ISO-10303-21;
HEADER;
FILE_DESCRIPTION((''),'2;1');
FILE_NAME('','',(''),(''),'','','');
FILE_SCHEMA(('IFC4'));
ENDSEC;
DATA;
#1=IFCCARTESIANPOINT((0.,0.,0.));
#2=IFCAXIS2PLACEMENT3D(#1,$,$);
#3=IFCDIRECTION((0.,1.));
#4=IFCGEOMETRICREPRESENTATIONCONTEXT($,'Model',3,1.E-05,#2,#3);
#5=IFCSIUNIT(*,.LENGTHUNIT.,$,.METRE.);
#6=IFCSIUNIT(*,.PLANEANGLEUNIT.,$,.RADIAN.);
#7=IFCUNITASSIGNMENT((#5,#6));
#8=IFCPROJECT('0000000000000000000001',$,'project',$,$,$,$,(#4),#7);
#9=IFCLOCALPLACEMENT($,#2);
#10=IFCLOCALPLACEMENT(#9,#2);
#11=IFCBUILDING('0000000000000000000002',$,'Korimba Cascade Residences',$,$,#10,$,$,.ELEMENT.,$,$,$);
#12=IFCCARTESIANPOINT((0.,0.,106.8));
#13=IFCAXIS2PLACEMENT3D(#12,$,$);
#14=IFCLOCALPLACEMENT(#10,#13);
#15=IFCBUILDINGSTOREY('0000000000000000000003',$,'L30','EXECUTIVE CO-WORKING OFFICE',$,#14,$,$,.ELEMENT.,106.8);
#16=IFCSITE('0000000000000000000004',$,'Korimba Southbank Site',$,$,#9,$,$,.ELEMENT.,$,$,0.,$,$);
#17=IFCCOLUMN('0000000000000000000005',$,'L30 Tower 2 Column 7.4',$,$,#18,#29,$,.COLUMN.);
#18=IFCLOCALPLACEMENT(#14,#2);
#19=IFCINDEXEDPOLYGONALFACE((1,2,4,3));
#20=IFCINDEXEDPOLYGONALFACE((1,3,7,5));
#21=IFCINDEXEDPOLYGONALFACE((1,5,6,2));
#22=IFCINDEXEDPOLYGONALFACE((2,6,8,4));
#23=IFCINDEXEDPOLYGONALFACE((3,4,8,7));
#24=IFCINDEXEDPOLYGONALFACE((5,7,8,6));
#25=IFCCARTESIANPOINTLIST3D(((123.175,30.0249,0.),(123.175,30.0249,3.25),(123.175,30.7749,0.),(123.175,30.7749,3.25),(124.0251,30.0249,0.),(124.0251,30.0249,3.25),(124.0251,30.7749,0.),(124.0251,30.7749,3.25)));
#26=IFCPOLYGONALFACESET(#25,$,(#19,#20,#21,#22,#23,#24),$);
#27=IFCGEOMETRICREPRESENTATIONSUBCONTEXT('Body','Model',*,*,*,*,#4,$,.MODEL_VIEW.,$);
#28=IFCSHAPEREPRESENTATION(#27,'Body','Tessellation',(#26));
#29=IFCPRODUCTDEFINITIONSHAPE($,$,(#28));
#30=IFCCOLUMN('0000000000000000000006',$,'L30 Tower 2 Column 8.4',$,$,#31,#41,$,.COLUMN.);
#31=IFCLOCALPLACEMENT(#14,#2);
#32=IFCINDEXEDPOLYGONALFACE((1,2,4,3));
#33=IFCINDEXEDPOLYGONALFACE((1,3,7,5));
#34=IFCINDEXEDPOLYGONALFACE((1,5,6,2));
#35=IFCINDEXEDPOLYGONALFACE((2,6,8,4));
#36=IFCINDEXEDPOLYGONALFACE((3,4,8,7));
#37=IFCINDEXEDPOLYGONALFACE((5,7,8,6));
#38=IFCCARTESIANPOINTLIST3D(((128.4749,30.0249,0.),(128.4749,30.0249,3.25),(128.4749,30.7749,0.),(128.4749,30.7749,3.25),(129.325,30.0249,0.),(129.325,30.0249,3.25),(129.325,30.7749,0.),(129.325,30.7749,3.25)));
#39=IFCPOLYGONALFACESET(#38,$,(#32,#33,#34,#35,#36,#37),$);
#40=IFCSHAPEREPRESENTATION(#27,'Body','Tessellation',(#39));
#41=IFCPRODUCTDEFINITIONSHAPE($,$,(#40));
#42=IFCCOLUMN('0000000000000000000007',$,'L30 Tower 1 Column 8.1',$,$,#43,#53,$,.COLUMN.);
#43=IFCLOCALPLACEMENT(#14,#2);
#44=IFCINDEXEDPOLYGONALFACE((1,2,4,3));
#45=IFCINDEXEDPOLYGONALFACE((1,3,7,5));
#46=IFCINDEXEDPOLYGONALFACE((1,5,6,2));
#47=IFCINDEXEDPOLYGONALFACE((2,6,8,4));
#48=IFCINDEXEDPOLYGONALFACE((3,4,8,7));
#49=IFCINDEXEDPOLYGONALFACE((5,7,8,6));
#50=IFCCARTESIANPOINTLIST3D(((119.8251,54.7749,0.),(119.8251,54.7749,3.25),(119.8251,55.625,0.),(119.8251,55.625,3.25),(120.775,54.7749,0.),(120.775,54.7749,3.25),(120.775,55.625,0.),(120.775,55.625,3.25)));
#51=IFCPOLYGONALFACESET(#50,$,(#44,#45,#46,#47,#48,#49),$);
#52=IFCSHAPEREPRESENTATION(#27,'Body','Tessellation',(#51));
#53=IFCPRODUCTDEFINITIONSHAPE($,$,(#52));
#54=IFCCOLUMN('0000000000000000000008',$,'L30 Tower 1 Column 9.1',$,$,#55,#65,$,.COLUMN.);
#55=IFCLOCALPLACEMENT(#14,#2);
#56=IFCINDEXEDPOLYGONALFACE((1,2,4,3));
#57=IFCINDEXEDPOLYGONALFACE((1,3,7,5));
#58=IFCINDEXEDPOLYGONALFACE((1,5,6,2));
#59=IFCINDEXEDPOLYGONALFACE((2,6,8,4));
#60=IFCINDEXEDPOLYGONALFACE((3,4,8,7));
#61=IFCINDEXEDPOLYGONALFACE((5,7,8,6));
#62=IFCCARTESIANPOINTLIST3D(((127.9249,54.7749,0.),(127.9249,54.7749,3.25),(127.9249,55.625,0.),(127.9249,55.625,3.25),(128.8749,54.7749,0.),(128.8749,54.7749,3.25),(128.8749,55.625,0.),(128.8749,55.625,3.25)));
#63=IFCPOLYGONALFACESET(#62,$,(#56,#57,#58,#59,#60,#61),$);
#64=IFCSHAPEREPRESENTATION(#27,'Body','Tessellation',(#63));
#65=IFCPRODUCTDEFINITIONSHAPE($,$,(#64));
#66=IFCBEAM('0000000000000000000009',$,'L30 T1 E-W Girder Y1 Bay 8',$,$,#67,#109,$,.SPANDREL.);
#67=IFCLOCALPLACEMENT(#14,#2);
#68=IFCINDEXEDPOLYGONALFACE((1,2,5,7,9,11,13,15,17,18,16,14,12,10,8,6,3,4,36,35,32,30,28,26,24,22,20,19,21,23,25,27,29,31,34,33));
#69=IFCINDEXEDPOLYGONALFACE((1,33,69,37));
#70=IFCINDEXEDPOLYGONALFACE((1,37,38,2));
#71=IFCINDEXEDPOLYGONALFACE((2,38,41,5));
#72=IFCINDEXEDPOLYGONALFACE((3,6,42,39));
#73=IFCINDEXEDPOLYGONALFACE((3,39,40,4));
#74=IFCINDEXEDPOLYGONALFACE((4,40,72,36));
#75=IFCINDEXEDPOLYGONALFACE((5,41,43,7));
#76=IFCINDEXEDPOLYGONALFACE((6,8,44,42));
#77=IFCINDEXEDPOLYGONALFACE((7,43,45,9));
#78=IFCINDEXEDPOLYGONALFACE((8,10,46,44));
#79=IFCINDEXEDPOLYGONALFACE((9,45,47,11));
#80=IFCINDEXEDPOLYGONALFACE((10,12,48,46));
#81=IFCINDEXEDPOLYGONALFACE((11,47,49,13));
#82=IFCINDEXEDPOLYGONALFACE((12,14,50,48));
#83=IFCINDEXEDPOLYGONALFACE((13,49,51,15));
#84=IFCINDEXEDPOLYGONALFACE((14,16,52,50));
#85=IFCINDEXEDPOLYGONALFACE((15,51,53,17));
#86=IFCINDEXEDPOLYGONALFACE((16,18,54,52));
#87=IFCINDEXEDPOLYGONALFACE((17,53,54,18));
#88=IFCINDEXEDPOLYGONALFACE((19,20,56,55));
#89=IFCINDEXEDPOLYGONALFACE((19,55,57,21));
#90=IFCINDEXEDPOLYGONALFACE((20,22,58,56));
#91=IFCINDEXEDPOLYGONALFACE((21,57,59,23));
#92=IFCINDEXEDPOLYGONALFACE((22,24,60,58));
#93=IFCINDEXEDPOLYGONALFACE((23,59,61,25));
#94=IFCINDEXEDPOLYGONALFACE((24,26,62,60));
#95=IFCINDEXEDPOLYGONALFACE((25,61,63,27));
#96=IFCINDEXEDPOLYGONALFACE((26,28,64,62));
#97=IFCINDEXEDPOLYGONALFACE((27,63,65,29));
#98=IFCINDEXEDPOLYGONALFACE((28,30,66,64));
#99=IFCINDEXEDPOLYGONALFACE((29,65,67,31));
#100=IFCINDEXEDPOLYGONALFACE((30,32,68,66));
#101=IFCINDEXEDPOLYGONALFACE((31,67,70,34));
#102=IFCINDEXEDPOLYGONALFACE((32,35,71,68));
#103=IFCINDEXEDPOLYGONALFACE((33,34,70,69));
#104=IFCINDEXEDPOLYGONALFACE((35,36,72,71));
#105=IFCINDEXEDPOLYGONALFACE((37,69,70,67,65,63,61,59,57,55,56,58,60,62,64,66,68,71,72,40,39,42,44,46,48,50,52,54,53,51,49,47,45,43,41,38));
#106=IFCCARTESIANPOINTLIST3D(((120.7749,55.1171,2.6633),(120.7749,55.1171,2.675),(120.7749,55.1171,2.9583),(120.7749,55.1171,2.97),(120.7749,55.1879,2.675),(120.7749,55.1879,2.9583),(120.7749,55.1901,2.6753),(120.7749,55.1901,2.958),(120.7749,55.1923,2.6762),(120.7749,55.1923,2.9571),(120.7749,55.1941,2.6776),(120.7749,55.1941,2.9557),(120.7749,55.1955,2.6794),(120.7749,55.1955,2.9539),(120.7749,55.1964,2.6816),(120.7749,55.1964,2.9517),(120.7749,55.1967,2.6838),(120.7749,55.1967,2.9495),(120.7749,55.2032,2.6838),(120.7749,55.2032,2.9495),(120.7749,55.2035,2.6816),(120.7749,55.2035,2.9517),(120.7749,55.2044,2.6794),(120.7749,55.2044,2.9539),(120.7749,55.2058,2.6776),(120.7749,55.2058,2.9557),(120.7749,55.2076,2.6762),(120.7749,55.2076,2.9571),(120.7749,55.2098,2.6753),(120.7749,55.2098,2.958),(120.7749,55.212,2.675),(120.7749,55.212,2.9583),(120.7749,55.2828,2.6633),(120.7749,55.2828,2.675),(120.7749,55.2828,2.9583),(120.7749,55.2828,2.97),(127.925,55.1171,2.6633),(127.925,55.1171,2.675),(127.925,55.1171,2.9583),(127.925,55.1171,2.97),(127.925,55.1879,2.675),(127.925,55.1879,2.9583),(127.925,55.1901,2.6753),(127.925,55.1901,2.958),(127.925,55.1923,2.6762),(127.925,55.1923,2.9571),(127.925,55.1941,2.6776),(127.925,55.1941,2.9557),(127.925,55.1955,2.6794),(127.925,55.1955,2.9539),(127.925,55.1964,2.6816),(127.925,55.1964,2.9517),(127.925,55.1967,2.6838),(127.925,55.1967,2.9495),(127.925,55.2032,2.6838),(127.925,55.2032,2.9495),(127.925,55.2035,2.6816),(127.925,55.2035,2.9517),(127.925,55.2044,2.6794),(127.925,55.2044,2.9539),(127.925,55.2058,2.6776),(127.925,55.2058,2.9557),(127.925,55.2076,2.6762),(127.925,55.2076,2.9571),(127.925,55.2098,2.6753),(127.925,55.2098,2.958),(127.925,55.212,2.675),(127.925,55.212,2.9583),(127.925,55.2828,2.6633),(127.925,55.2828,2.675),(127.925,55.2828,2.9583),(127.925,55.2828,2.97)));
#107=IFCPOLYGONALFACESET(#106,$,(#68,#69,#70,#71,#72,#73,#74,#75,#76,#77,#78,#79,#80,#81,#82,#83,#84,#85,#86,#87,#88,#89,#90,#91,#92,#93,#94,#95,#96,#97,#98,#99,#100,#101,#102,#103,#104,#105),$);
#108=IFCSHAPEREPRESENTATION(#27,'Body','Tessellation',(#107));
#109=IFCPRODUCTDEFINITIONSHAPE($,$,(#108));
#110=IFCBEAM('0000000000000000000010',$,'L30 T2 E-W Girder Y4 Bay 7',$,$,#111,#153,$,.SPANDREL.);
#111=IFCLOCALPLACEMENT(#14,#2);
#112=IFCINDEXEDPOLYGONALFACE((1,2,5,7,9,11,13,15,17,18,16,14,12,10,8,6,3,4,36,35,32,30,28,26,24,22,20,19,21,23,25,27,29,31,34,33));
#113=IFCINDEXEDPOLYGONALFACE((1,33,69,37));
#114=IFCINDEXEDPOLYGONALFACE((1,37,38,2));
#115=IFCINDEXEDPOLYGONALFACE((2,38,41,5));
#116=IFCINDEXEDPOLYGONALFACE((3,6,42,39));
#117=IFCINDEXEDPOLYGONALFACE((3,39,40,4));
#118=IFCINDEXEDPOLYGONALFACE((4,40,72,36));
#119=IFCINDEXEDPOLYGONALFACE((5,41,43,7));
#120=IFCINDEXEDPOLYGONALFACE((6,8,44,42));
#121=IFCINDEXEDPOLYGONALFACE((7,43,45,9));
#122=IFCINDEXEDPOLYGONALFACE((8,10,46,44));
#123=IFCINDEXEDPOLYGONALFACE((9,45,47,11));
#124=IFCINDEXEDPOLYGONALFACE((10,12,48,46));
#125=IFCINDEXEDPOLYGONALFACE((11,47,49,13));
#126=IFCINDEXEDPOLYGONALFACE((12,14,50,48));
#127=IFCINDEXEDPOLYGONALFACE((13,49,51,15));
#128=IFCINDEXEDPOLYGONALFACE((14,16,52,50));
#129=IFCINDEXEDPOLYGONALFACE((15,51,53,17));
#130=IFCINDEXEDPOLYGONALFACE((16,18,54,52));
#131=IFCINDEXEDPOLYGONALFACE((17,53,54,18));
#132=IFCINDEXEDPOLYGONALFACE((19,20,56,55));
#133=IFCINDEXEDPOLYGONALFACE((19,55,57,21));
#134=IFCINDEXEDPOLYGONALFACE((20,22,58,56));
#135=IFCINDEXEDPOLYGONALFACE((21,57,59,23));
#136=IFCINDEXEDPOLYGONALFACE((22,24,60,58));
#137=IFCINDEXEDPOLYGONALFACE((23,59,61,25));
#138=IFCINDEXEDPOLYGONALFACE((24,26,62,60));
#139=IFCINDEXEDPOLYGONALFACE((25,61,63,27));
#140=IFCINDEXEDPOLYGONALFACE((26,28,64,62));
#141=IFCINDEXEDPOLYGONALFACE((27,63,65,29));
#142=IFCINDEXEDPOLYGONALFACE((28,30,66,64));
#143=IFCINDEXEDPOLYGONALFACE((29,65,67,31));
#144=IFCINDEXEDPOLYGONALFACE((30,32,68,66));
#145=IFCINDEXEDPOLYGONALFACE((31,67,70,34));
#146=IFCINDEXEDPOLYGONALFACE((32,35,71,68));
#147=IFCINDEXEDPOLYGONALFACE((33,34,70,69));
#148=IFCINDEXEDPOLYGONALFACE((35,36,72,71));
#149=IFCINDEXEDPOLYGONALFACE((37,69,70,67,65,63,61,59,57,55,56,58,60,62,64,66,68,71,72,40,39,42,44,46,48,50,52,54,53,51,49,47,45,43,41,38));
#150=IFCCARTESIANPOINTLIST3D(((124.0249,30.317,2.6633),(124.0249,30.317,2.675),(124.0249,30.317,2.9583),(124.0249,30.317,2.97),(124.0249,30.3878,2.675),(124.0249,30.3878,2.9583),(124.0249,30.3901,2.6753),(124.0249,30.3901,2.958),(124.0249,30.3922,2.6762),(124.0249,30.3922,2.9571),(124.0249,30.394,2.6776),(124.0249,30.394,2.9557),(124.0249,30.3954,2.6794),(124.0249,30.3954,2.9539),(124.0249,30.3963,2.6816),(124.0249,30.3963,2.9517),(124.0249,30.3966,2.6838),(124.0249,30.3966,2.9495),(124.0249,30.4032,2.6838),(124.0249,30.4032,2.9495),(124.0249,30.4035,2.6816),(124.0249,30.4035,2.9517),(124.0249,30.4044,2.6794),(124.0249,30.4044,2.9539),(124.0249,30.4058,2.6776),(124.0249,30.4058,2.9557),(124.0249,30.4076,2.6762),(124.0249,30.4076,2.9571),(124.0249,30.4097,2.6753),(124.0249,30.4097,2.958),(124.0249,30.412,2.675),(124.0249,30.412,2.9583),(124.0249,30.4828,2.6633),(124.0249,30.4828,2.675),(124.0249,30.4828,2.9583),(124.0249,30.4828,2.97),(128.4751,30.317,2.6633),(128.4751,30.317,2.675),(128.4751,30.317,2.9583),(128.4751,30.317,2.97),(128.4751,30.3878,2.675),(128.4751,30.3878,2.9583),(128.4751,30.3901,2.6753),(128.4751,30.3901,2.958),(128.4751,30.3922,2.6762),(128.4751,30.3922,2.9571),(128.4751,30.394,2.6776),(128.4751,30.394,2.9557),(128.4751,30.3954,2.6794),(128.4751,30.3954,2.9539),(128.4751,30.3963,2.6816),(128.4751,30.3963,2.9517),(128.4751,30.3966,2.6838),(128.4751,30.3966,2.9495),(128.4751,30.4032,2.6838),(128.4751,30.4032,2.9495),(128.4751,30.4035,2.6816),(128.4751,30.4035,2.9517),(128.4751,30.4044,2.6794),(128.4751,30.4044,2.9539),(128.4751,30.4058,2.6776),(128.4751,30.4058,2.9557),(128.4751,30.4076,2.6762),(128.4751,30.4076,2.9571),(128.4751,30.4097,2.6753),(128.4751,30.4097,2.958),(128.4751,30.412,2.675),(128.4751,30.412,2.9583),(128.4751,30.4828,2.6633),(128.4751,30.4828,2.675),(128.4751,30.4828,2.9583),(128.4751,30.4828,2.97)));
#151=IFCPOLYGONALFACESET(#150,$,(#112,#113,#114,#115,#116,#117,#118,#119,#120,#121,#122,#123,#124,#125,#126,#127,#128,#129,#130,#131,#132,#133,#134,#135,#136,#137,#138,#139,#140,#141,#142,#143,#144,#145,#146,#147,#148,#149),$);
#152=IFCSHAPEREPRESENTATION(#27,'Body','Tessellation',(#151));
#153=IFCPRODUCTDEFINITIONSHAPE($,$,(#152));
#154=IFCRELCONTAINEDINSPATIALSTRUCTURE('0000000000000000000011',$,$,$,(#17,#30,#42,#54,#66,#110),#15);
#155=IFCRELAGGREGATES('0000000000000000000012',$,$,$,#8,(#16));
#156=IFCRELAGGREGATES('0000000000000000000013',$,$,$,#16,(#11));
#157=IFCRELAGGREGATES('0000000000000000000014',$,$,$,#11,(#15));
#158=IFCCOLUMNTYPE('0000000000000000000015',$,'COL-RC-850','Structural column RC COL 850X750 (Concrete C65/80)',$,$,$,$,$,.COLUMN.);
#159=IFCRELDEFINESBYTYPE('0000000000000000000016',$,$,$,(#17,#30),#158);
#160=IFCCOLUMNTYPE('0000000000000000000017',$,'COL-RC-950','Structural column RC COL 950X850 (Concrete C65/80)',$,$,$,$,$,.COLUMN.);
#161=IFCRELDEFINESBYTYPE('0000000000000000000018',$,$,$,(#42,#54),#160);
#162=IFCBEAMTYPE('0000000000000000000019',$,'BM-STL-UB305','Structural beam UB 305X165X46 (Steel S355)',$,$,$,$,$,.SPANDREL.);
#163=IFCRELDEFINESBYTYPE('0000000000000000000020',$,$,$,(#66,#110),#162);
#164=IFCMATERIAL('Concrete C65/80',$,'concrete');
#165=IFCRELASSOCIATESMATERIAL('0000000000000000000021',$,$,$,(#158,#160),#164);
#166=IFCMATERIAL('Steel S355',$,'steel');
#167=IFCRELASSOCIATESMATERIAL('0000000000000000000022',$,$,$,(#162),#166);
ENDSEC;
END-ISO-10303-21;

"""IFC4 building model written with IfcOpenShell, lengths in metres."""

from ifc_helpers import new_model, si_unit, direction, frame, origin, origin_2d, place, context, subcontext, project, spatial, rectangle, i_section, extrude, material, material_profile, profile_set, type_object, element, save


model = new_model("IFC4")

# Units and contexts
model_context = context("Model", 3, precision=1e-05, world=origin(), true_north=direction((0.0, 1.0)))
body_context = subcontext(model_context, "Body", "Model", "MODEL_VIEW")
ifc_project = project(units=[si_unit("LENGTHUNIT", "METRE"), si_unit("PLANEANGLEUNIT", "RADIAN")], contexts=[model_context])

# Site, building, storey
site_placement = place(None, origin())
site = spatial("IfcSite", under=ifc_project, at=site_placement, Name="Korimba Southbank Site", CompositionType="ELEMENT", RefElevation=0.0)
building_placement = place(site_placement, origin())
building = spatial("IfcBuilding", under=site, at=building_placement, Name="Korimba Cascade Residences", CompositionType="ELEMENT")
storey_placement = place(building_placement, frame((0.0, 0.0, 106.8)))
storey = spatial("IfcBuildingStorey", under=building, at=storey_placement, Name="L30", Description="EXECUTIVE CO-WORKING OFFICE", CompositionType="ELEMENT", Elevation=106.8)

# Columns
ifc_material_1 = material(Name="Concrete C65/80", Category="concrete")
ifc_material_profile_1 = material_profile(ifc_material_1, rectangle(XDim=0.8501, YDim=0.75, at=origin_2d()), Name="Concrete C65/80")
ifc_profile_set_1 = profile_set([ifc_material_profile_1], Name="Concrete C65/80")
column_type_1 = type_object("IfcColumnType", Name="COL-RC-850", Description="Structural column RC COL 850X750 (Concrete C65/80)", PredefinedType="COLUMN", material=ifc_profile_set_1)
for number, where, z_axis, x_axis, name in (
    (1, (123.6001, 30.3999, 0.0), (0.0, 0.0, 1.0), (1.0, 0.0, 0.0), "L30 Tower 2 Column 7.4"),
    (2, (128.8999, 30.3999, 0.0), (0.0, 0.0, 1.0), (1.0, 0.0, 0.0), "L30 Tower 2 Column 8.4"),
):
    element("IfcColumn", number, at=place(storey_placement, frame(where, z_axis=z_axis, x_axis=x_axis)), inside=storey, type_object=column_type_1, Name=name, PredefinedType="COLUMN", context=body_context, shape_type="SweptSolid", body=[
        extrude(rectangle(XDim=0.8501, YDim=0.75, at=origin_2d()), origin(), (0.0, 0.0, 1.0), 3.25),
    ])
ifc_material_profile_2 = material_profile(ifc_material_1, rectangle(XDim=0.95, YDim=0.8501, at=origin_2d()), Name="Concrete C65/80")
ifc_profile_set_2 = profile_set([ifc_material_profile_2], Name="Concrete C65/80")
column_type_2 = type_object("IfcColumnType", Name="COL-RC-950", Description="Structural column RC COL 950X850 (Concrete C65/80)", PredefinedType="COLUMN", material=ifc_profile_set_2)
for number, where, z_axis, x_axis, name in (
    (3, (120.3, 55.2, 0.0), (0.0, 0.0, 1.0), (1.0, 0.0, 0.0), "L30 Tower 1 Column 8.1"),
    (4, (128.3999, 55.2, 0.0), (0.0, 0.0, 1.0), (1.0, 0.0, 0.0), "L30 Tower 1 Column 9.1"),
):
    element("IfcColumn", number, at=place(storey_placement, frame(where, z_axis=z_axis, x_axis=x_axis)), inside=storey, type_object=column_type_2, Name=name, PredefinedType="COLUMN", context=body_context, shape_type="SweptSolid", body=[
        extrude(rectangle(XDim=0.95, YDim=0.8501, at=origin_2d()), origin(), (0.0, 0.0, 1.0), 3.25),
    ])

# Beams
ifc_material_2 = material(Name="Steel S355", Category="steel")
ifc_material_profile_3 = material_profile(ifc_material_2, i_section(OverallWidth=0.1658, OverallDepth=0.3066, WebThickness=0.0066, FlangeThickness=0.0117, FilletRadius=0.0088, at=origin_2d()), Name="Steel S355")
ifc_profile_set_3 = profile_set([ifc_material_profile_3], Name="Steel S355")
beam_type_1 = type_object("IfcBeamType", Name="BM-STL-UB305", Description="Structural beam UB 305X165X46 (Steel S355)", PredefinedType="SPANDREL", material=ifc_profile_set_3)
beam_1_placement = place(storey_placement, frame((120.7749, 55.2, 2.8167), z_axis=(1.0, 0.0, 0.0), x_axis=(0.0, 1.0, 0.0)))
element("IfcBeam", 5, at=beam_1_placement, inside=storey, type_object=beam_type_1, Name="L30 T1 E-W Girder Y1 Bay 8", PredefinedType="SPANDREL", context=body_context, shape_type="SweptSolid", body=[
    extrude(i_section(OverallWidth=0.1658, OverallDepth=0.3066, WebThickness=0.0066, FlangeThickness=0.0117, FilletRadius=0.0088, at=origin_2d()), origin(), (0.0, 0.0, 1.0), 7.1501),
])
beam_2_placement = place(storey_placement, frame((124.0249, 30.3999, 2.8167), z_axis=(1.0, 0.0, 0.0), x_axis=(0.0, 1.0, 0.0)))
element("IfcBeam", 6, at=beam_2_placement, inside=storey, type_object=beam_type_1, Name="L30 T2 E-W Girder Y4 Bay 7", PredefinedType="SPANDREL", context=body_context, shape_type="SweptSolid", body=[
    extrude(i_section(OverallWidth=0.1658, OverallDepth=0.3066, WebThickness=0.0066, FlangeThickness=0.0117, FilletRadius=0.0088, at=origin_2d()), origin(), (0.0, 0.0, 1.0), 4.4502),
])

save(model, "model.ifc")
